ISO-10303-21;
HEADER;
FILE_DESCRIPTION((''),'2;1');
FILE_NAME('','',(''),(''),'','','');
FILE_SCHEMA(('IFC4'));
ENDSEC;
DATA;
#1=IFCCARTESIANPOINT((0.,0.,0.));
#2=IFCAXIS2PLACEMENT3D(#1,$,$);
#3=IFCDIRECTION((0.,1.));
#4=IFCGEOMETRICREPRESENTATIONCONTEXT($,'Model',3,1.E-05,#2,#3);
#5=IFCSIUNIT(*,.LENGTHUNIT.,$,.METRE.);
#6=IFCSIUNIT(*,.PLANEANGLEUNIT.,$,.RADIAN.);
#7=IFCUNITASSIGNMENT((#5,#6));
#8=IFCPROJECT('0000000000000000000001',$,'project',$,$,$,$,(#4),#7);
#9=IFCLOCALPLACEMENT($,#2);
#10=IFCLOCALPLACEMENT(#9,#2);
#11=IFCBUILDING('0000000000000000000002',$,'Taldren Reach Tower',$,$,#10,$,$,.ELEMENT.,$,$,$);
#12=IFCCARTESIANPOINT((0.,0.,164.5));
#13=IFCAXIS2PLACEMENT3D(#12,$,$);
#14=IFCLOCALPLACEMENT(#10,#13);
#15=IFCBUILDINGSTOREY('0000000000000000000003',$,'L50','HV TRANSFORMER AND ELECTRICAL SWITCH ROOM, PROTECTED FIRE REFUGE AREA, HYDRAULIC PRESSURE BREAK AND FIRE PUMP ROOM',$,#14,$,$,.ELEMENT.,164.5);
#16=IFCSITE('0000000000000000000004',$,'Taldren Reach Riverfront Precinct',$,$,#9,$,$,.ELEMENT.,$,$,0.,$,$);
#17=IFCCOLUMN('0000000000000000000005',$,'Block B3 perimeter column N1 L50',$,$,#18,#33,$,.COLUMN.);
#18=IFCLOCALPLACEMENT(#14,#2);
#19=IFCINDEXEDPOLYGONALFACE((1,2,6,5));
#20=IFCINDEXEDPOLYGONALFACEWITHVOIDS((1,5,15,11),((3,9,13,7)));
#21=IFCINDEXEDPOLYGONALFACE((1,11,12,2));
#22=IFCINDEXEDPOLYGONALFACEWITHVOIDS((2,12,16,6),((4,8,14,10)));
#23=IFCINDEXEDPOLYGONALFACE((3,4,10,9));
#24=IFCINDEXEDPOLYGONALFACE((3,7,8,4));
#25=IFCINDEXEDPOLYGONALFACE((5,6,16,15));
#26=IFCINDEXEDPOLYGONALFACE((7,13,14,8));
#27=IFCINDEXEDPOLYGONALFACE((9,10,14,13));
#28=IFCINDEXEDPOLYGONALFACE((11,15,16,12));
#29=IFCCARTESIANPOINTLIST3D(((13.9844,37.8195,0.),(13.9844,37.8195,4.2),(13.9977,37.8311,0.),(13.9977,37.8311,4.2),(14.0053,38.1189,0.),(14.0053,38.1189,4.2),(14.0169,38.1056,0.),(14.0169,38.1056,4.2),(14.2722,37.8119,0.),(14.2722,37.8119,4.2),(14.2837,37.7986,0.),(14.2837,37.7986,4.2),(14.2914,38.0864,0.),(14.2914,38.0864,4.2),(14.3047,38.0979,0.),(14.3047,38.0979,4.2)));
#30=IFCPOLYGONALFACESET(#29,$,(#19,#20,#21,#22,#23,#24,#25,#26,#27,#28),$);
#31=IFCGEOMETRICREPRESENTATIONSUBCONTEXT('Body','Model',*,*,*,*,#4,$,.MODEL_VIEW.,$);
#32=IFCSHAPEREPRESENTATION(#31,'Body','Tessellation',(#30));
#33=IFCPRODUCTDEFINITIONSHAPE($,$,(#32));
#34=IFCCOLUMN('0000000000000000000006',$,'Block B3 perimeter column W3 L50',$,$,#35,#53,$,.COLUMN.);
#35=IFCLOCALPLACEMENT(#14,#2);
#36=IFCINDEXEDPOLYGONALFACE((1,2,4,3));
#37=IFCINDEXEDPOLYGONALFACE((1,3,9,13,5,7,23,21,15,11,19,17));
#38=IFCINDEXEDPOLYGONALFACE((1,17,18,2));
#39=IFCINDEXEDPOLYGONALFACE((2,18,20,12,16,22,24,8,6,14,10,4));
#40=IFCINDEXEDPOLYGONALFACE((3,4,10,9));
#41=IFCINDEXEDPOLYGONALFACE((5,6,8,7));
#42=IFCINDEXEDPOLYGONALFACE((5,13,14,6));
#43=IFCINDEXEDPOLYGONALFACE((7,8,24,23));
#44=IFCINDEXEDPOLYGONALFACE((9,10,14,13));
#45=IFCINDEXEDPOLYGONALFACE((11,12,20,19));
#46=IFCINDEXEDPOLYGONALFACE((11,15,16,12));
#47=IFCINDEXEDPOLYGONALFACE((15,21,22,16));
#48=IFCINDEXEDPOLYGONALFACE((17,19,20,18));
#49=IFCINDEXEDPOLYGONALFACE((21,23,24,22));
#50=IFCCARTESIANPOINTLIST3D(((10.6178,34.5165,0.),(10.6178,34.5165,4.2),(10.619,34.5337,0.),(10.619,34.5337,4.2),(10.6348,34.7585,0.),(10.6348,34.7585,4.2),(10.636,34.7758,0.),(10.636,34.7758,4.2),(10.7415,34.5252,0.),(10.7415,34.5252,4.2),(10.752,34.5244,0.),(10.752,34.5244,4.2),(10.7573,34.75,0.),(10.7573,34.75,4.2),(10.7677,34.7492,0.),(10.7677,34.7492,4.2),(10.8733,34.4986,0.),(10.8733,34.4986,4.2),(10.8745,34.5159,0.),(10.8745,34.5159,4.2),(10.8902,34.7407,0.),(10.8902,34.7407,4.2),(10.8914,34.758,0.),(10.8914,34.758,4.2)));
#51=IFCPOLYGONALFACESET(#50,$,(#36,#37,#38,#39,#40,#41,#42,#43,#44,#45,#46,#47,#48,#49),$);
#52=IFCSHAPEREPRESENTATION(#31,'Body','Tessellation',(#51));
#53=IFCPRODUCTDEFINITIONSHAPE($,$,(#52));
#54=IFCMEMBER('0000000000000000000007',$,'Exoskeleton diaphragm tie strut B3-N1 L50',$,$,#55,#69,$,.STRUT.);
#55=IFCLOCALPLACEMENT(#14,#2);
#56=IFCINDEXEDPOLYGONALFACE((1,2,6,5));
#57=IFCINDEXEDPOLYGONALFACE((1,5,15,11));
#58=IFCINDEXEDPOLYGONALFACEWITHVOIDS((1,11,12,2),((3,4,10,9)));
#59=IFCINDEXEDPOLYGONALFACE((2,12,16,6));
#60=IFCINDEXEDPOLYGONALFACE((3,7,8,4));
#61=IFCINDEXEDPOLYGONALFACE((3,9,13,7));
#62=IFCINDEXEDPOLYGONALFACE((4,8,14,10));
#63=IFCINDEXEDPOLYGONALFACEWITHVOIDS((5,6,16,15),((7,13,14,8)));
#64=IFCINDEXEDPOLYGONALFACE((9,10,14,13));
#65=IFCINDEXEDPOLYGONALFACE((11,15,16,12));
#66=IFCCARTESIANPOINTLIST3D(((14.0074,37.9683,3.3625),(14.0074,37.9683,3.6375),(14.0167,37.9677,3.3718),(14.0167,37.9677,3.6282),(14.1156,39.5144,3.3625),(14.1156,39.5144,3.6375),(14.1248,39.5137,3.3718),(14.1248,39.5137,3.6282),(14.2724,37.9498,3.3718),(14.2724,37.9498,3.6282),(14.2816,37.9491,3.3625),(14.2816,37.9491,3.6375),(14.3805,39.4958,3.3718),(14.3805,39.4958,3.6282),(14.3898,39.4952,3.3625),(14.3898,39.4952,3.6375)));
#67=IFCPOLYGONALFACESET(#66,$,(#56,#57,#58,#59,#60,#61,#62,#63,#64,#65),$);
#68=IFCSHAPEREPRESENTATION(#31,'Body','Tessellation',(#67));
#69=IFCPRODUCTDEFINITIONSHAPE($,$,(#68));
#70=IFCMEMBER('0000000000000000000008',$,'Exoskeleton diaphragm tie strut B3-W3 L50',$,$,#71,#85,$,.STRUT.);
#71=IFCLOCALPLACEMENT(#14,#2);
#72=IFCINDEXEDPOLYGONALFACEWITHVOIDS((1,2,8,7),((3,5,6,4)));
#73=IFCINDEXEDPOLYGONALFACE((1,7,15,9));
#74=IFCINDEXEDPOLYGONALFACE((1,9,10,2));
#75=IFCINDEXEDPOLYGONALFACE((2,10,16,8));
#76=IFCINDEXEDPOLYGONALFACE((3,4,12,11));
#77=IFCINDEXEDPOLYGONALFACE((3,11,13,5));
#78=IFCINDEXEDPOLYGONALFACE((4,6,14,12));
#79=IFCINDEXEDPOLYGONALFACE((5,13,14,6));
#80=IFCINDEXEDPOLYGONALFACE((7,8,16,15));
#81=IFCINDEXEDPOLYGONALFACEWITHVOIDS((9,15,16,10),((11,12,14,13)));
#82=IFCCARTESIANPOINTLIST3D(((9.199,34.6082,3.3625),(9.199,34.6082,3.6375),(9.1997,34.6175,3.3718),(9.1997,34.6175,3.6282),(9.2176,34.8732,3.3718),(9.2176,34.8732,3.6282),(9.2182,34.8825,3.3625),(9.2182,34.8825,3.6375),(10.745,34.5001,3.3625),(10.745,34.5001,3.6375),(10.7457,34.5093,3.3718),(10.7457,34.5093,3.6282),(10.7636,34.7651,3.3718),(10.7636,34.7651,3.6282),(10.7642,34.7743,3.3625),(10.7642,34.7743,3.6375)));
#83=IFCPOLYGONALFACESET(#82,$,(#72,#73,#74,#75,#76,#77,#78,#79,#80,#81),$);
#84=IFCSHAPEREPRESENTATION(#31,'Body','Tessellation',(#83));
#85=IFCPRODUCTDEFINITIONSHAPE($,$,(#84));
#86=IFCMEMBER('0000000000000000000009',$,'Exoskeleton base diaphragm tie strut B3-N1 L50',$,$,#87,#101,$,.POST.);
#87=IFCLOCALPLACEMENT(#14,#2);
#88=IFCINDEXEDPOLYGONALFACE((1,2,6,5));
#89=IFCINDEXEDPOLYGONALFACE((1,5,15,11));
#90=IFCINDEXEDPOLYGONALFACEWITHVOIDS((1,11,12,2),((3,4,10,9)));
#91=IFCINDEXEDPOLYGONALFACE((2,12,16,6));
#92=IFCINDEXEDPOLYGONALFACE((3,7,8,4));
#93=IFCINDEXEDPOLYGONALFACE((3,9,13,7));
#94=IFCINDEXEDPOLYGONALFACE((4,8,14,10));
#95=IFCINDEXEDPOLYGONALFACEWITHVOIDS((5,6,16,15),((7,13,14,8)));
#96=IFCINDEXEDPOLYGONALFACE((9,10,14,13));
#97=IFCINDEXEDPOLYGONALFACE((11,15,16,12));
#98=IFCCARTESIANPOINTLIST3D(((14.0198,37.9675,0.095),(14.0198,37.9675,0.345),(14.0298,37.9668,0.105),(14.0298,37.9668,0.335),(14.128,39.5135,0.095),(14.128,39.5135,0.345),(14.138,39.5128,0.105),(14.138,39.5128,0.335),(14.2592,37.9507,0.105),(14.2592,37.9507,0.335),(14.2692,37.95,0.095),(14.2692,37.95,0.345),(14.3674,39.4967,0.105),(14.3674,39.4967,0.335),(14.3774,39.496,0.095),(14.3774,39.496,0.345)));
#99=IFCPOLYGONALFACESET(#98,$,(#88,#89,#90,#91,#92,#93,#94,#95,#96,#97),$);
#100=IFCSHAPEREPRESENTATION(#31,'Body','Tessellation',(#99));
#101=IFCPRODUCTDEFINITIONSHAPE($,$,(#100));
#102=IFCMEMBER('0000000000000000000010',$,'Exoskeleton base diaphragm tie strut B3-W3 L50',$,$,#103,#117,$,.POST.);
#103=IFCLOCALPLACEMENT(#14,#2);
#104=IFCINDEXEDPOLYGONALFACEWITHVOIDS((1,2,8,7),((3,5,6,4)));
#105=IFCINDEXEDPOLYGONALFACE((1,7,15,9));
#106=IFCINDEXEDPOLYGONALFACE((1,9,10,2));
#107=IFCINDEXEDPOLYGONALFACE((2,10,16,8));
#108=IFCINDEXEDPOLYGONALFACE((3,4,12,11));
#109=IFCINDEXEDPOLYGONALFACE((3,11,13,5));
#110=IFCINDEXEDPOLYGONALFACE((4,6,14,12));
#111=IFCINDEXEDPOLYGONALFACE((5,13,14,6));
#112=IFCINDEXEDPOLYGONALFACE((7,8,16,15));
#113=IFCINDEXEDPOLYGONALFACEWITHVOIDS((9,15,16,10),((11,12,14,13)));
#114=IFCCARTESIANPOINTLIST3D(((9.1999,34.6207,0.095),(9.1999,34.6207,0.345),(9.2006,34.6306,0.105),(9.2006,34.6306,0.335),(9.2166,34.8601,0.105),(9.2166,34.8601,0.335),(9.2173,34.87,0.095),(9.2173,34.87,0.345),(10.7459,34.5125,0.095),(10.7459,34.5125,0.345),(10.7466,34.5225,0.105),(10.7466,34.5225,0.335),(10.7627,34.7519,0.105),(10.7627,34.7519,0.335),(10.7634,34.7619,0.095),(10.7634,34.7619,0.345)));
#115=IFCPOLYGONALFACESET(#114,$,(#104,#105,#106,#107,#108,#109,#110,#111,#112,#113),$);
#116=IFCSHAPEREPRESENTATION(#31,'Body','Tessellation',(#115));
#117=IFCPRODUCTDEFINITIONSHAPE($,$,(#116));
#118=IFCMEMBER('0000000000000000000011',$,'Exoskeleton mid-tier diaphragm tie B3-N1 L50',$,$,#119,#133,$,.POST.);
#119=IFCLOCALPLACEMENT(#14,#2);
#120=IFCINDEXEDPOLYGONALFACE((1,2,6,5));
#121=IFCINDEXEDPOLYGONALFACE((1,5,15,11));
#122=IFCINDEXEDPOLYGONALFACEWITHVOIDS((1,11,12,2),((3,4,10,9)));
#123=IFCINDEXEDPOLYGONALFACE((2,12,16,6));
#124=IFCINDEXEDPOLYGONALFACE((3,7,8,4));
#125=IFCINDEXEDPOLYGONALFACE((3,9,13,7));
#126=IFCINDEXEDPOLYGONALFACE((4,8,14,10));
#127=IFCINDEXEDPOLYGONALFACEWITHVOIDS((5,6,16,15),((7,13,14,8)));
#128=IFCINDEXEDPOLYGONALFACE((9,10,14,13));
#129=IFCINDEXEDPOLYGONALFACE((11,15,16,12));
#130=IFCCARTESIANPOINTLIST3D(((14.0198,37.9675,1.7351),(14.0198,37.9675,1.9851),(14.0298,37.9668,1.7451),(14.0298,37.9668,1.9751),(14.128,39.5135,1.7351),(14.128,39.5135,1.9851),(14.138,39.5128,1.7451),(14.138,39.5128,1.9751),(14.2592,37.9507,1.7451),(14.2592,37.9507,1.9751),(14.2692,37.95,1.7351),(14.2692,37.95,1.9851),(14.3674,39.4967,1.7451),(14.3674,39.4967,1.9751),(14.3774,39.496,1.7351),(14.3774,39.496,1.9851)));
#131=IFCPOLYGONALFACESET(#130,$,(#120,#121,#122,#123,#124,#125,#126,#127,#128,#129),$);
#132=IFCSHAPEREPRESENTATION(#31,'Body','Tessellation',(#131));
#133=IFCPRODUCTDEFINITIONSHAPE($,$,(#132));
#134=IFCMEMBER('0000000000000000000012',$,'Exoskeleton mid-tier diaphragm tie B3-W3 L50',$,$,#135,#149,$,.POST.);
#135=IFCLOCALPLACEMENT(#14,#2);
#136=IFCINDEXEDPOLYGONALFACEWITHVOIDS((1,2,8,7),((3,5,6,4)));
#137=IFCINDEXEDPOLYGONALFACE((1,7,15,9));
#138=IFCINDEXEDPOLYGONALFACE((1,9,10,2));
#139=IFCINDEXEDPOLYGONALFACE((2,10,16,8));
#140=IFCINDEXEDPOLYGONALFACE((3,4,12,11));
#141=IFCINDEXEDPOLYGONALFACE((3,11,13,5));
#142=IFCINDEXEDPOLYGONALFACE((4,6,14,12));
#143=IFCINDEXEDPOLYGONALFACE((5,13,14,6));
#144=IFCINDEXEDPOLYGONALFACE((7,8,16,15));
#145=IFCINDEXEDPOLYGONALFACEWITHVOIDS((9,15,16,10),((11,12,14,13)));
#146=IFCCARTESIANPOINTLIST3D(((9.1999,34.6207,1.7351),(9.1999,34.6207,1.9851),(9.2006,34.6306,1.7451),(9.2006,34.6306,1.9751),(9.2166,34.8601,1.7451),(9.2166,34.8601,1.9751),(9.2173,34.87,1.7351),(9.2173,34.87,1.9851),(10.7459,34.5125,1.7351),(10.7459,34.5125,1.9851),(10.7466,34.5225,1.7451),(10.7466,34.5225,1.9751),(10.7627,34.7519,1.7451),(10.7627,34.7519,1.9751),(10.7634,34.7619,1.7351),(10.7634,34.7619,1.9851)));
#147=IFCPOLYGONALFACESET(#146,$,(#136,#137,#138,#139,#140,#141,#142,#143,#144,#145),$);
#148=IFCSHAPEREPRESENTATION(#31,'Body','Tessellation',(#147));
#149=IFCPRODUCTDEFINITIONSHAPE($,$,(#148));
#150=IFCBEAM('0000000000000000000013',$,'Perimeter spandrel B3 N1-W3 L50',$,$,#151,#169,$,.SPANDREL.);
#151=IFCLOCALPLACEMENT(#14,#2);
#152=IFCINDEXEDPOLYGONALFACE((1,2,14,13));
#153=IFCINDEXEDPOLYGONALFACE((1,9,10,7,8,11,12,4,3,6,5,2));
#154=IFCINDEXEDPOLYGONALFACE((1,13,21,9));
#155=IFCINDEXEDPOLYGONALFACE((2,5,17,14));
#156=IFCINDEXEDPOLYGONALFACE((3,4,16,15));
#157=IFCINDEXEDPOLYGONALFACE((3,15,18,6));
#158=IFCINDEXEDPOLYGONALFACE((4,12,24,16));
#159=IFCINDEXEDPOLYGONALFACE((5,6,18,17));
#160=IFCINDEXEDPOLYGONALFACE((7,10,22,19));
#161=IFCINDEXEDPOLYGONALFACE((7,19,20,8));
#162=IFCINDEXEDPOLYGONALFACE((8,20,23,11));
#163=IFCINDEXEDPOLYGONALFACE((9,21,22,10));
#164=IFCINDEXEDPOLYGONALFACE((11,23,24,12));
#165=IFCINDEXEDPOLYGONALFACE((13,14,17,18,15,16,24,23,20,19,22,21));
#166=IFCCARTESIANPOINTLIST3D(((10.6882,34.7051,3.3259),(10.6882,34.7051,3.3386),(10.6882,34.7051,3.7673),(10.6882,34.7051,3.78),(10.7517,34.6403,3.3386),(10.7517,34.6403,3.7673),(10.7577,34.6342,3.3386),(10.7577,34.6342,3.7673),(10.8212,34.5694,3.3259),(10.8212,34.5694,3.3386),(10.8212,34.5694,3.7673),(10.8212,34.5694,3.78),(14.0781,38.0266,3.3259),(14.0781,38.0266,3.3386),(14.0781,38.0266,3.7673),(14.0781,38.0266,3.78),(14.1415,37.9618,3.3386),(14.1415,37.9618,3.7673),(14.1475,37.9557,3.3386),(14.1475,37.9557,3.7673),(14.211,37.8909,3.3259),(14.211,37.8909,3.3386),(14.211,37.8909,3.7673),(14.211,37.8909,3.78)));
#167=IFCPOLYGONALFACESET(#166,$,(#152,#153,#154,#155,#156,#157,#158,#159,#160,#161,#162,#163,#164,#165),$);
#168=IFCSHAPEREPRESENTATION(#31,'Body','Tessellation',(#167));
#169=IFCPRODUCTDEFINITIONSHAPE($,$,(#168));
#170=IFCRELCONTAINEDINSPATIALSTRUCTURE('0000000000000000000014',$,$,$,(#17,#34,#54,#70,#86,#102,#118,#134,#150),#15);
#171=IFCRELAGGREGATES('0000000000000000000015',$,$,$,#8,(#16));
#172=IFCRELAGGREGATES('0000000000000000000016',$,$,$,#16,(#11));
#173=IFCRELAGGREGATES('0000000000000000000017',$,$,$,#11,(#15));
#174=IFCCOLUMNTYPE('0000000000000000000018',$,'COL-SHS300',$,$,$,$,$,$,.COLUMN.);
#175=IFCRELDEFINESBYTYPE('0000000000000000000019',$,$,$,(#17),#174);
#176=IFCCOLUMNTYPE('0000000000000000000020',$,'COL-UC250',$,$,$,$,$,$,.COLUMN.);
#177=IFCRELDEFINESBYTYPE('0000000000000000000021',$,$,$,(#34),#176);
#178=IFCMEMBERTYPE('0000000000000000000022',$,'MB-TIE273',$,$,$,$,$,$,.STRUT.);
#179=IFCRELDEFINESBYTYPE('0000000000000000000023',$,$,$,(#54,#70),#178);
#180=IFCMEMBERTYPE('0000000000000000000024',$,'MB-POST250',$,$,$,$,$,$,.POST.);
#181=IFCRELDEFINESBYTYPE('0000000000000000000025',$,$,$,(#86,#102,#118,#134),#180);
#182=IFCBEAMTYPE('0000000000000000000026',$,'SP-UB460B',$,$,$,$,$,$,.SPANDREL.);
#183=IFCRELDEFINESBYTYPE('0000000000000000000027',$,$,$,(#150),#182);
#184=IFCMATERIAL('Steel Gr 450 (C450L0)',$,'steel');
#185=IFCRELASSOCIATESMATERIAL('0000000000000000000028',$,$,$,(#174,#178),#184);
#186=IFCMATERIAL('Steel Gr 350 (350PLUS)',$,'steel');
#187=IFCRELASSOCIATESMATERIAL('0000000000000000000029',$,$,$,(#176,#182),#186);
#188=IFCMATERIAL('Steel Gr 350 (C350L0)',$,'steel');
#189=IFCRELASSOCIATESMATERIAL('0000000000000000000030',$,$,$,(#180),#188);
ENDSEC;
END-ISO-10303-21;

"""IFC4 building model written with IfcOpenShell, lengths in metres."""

from ifc_helpers import new_model, si_unit, direction, frame, origin, origin_2d, place, context, subcontext, project, spatial, hollow_rectangle, i_section, extrude, source, transform, mapped, material, material_profile, profile_set, type_object, element, save


model = new_model("IFC4")

# Units and contexts
model_context = context("Model", 3, precision=1e-05, world=origin(), true_north=direction((0.0, 1.0)))
body_context = subcontext(model_context, "Body", "Model", "MODEL_VIEW")
ifc_project = project(units=[si_unit("LENGTHUNIT", "METRE"), si_unit("PLANEANGLEUNIT", "RADIAN")], contexts=[model_context])

# Site, building, storey
site_placement = place(None, origin())
site = spatial("IfcSite", under=ifc_project, at=site_placement, Name="Taldren Reach Riverfront Precinct", CompositionType="ELEMENT", RefElevation=0.0)
building_placement = place(site_placement, origin())
building = spatial("IfcBuilding", under=site, at=building_placement, Name="Taldren Reach Tower", CompositionType="ELEMENT")
storey_placement = place(building_placement, frame((0.0, 0.0, 164.5)))
storey = spatial("IfcBuildingStorey", under=building, at=storey_placement, Name="L50", Description="HV TRANSFORMER AND ELECTRICAL SWITCH ROOM, PROTECTED FIRE REFUGE AREA, HYDRAULIC PRESSURE BREAK AND FIRE PUMP ROOM", CompositionType="ELEMENT", Elevation=164.5)

# Columns
ifc_material_1 = material(Name="Steel Gr 450 (C450L0)", Category="steel")
ifc_material_profile_1 = material_profile(ifc_material_1, hollow_rectangle(XDim=0.3, YDim=0.3, WallThickness=0.0125, at=origin_2d()), Name="300x300x12.5SHS")
ifc_profile_set_1 = profile_set([ifc_material_profile_1], Name="Steel Gr 450 (C450L0)")
column_type_1 = type_object("IfcColumnType", Name="COL-SHS300", PredefinedType="COLUMN", material=ifc_profile_set_1)
shared_shape_1 = source(origin(), body_context, "Body", "SweptSolid", [
    extrude(hollow_rectangle(XDim=0.3, YDim=0.3, WallThickness=0.0125, at=origin_2d()), origin(), (0.0, 0.0, 1.0), 4.2),
])
column_1_placement = place(storey_placement, frame((14.1445, 37.9587, 0.0), z_axis=(0.0, 0.0, 1.0), x_axis=(0.997564, -0.069756, 0.0)))
element("IfcColumn", 1, at=column_1_placement, inside=storey, type_object=column_type_1, Name="Block B3 perimeter column N1 L50", PredefinedType="COLUMN", context=body_context, shape_type="MappedRepresentation", body=[
    mapped(shared_shape_1, transform((0.0, 0.0, 0.0), scale=1.0)),
])
ifc_material_2 = material(Name="Steel Gr 350 (350PLUS)", Category="steel")
ifc_material_profile_2 = material_profile(ifc_material_2, i_section(OverallWidth=0.2561, OverallDepth=0.26, WebThickness=0.0105, FlangeThickness=0.0173, at=origin_2d()), Name="250UC89.5")
ifc_profile_set_2 = profile_set([ifc_material_profile_2], Name="Steel Gr 350 (350PLUS)")
column_type_2 = type_object("IfcColumnType", Name="COL-UC250", PredefinedType="COLUMN", material=ifc_profile_set_2)
shared_shape_2 = source(origin(), body_context, "Body", "SweptSolid", [
    extrude(i_section(OverallWidth=0.2561, OverallDepth=0.26, WebThickness=0.0105, FlangeThickness=0.0173, at=origin_2d()), origin(), (0.0, 0.0, 1.0), 4.2),
])
column_2_placement = place(storey_placement, frame((10.7546, 34.6372, 0.0), z_axis=(0.0, 0.0, 1.0), x_axis=(0.997564, -0.069756, 0.0)))
element("IfcColumn", 2, at=column_2_placement, inside=storey, type_object=column_type_2, Name="Block B3 perimeter column W3 L50", PredefinedType="COLUMN", context=body_context, shape_type="MappedRepresentation", body=[
    mapped(shared_shape_2, transform((0.0, 0.0, 0.0), scale=1.0)),
])

# Members
ifc_material_profile_3 = material_profile(ifc_material_1, hollow_rectangle(XDim=0.2749, YDim=0.2749, WallThickness=0.0093, at=origin_2d()), Name="275x275x9.3SHS")
ifc_profile_set_3 = profile_set([ifc_material_profile_3], Name="Steel Gr 450 (C450L0)")
member_type_1 = type_object("IfcMemberType", Name="MB-TIE273", PredefinedType="STRUT", material=ifc_profile_set_3)
shared_shape_3 = source(origin(), body_context, "Body", "SweptSolid", [
    extrude(hollow_rectangle(XDim=0.2749, YDim=0.2749, WallThickness=0.0093, at=origin_2d()), origin(), (0.0, 0.0, 1.0), 1.5498),
])
for number, where, z_axis, x_axis, name in (
    (3, (14.1445, 37.9587, 3.5), (0.069781, 0.997562, 0.0), (-0.997562, 0.069781, 0.0), "Exoskeleton diaphragm tie strut B3-N1 L50"),
    (4, (10.7546, 34.6372, 3.5), (-0.997562, 0.069781, 0.0), (-0.069781, -0.997562, 0.0), "Exoskeleton diaphragm tie strut B3-W3 L50"),
):
    element("IfcMember", number, at=place(storey_placement, frame(where, z_axis=z_axis, x_axis=x_axis)), inside=storey, type_object=member_type_1, Name=name, PredefinedType="STRUT", context=body_context, shape_type="MappedRepresentation", body=[
        mapped(shared_shape_3, transform((0.0, 0.0, 0.0), scale=1.0)),
    ])
ifc_material_3 = material(Name="Steel Gr 350 (C350L0)", Category="steel")
ifc_material_profile_4 = material_profile(ifc_material_3, hollow_rectangle(XDim=0.25, YDim=0.25, WallThickness=0.01, at=origin_2d()), Name="250x250x10.0SHS")
ifc_profile_set_4 = profile_set([ifc_material_profile_4], Name="Steel Gr 350 (C350L0)")
member_type_2 = type_object("IfcMemberType", Name="MB-POST250", PredefinedType="POST", material=ifc_profile_set_4)
shared_shape_4 = source(origin(), body_context, "Body", "SweptSolid", [
    extrude(hollow_rectangle(XDim=0.25, YDim=0.25, WallThickness=0.01, at=origin_2d()), origin(), (0.0, 0.0, 1.0), 1.5498),
])
for number, where, z_axis, x_axis, name in (
    (5, (14.1445, 37.9587, 0.22), (0.069781, 0.997562, 0.0), (-0.997562, 0.069781, 0.0), "Exoskeleton base diaphragm tie strut B3-N1 L50"),
    (6, (10.7546, 34.6372, 0.22), (-0.997562, 0.069781, 0.0), (-0.069781, -0.997562, 0.0), "Exoskeleton base diaphragm tie strut B3-W3 L50"),
    (7, (14.1445, 37.9587, 1.8601), (0.069781, 0.997562, 0.0), (-0.997562, 0.069781, 0.0), "Exoskeleton mid-tier diaphragm tie B3-N1 L50"),
    (8, (10.7546, 34.6372, 1.8601), (-0.997562, 0.069781, 0.0), (-0.069781, -0.997562, 0.0), "Exoskeleton mid-tier diaphragm tie B3-W3 L50"),
):
    element("IfcMember", number, at=place(storey_placement, frame(where, z_axis=z_axis, x_axis=x_axis)), inside=storey, type_object=member_type_2, Name=name, PredefinedType="POST", context=body_context, shape_type="MappedRepresentation", body=[
        mapped(shared_shape_4, transform((0.0, 0.0, 0.0), scale=1.0)),
    ])

# Beam
ifc_material_profile_5 = material_profile(ifc_material_2, i_section(OverallWidth=0.1899, OverallDepth=0.4541, WebThickness=0.0085, FlangeThickness=0.0127, at=origin_2d()), Name="460UB67.1")
ifc_profile_set_5 = profile_set([ifc_material_profile_5], Name="Steel Gr 350 (350PLUS)")
beam_type_1 = type_object("IfcBeamType", Name="SP-UB460B", PredefinedType="SPANDREL", material=ifc_profile_set_5)
shared_shape_5 = source(origin(), body_context, "Body", "SweptSolid", [
    extrude(i_section(OverallWidth=0.1899, OverallDepth=0.4541, WebThickness=0.0085, FlangeThickness=0.0127, at=origin_2d()), origin(), (0.0, 0.0, 1.0), 4.7458),
])
beam_1_placement = place(storey_placement, frame((14.1445, 37.9587, 3.553), z_axis=(-0.714272, -0.699868, 0.0), x_axis=(0.699868, -0.714272, 0.0)))
element("IfcBeam", 9, at=beam_1_placement, inside=storey, type_object=beam_type_1, Name="Perimeter spandrel B3 N1-W3 L50", PredefinedType="SPANDREL", context=body_context, shape_type="MappedRepresentation", body=[
    mapped(shared_shape_5, transform((0.0, 0.0, 0.0), scale=1.0)),
])

save(model, "model.ifc")
